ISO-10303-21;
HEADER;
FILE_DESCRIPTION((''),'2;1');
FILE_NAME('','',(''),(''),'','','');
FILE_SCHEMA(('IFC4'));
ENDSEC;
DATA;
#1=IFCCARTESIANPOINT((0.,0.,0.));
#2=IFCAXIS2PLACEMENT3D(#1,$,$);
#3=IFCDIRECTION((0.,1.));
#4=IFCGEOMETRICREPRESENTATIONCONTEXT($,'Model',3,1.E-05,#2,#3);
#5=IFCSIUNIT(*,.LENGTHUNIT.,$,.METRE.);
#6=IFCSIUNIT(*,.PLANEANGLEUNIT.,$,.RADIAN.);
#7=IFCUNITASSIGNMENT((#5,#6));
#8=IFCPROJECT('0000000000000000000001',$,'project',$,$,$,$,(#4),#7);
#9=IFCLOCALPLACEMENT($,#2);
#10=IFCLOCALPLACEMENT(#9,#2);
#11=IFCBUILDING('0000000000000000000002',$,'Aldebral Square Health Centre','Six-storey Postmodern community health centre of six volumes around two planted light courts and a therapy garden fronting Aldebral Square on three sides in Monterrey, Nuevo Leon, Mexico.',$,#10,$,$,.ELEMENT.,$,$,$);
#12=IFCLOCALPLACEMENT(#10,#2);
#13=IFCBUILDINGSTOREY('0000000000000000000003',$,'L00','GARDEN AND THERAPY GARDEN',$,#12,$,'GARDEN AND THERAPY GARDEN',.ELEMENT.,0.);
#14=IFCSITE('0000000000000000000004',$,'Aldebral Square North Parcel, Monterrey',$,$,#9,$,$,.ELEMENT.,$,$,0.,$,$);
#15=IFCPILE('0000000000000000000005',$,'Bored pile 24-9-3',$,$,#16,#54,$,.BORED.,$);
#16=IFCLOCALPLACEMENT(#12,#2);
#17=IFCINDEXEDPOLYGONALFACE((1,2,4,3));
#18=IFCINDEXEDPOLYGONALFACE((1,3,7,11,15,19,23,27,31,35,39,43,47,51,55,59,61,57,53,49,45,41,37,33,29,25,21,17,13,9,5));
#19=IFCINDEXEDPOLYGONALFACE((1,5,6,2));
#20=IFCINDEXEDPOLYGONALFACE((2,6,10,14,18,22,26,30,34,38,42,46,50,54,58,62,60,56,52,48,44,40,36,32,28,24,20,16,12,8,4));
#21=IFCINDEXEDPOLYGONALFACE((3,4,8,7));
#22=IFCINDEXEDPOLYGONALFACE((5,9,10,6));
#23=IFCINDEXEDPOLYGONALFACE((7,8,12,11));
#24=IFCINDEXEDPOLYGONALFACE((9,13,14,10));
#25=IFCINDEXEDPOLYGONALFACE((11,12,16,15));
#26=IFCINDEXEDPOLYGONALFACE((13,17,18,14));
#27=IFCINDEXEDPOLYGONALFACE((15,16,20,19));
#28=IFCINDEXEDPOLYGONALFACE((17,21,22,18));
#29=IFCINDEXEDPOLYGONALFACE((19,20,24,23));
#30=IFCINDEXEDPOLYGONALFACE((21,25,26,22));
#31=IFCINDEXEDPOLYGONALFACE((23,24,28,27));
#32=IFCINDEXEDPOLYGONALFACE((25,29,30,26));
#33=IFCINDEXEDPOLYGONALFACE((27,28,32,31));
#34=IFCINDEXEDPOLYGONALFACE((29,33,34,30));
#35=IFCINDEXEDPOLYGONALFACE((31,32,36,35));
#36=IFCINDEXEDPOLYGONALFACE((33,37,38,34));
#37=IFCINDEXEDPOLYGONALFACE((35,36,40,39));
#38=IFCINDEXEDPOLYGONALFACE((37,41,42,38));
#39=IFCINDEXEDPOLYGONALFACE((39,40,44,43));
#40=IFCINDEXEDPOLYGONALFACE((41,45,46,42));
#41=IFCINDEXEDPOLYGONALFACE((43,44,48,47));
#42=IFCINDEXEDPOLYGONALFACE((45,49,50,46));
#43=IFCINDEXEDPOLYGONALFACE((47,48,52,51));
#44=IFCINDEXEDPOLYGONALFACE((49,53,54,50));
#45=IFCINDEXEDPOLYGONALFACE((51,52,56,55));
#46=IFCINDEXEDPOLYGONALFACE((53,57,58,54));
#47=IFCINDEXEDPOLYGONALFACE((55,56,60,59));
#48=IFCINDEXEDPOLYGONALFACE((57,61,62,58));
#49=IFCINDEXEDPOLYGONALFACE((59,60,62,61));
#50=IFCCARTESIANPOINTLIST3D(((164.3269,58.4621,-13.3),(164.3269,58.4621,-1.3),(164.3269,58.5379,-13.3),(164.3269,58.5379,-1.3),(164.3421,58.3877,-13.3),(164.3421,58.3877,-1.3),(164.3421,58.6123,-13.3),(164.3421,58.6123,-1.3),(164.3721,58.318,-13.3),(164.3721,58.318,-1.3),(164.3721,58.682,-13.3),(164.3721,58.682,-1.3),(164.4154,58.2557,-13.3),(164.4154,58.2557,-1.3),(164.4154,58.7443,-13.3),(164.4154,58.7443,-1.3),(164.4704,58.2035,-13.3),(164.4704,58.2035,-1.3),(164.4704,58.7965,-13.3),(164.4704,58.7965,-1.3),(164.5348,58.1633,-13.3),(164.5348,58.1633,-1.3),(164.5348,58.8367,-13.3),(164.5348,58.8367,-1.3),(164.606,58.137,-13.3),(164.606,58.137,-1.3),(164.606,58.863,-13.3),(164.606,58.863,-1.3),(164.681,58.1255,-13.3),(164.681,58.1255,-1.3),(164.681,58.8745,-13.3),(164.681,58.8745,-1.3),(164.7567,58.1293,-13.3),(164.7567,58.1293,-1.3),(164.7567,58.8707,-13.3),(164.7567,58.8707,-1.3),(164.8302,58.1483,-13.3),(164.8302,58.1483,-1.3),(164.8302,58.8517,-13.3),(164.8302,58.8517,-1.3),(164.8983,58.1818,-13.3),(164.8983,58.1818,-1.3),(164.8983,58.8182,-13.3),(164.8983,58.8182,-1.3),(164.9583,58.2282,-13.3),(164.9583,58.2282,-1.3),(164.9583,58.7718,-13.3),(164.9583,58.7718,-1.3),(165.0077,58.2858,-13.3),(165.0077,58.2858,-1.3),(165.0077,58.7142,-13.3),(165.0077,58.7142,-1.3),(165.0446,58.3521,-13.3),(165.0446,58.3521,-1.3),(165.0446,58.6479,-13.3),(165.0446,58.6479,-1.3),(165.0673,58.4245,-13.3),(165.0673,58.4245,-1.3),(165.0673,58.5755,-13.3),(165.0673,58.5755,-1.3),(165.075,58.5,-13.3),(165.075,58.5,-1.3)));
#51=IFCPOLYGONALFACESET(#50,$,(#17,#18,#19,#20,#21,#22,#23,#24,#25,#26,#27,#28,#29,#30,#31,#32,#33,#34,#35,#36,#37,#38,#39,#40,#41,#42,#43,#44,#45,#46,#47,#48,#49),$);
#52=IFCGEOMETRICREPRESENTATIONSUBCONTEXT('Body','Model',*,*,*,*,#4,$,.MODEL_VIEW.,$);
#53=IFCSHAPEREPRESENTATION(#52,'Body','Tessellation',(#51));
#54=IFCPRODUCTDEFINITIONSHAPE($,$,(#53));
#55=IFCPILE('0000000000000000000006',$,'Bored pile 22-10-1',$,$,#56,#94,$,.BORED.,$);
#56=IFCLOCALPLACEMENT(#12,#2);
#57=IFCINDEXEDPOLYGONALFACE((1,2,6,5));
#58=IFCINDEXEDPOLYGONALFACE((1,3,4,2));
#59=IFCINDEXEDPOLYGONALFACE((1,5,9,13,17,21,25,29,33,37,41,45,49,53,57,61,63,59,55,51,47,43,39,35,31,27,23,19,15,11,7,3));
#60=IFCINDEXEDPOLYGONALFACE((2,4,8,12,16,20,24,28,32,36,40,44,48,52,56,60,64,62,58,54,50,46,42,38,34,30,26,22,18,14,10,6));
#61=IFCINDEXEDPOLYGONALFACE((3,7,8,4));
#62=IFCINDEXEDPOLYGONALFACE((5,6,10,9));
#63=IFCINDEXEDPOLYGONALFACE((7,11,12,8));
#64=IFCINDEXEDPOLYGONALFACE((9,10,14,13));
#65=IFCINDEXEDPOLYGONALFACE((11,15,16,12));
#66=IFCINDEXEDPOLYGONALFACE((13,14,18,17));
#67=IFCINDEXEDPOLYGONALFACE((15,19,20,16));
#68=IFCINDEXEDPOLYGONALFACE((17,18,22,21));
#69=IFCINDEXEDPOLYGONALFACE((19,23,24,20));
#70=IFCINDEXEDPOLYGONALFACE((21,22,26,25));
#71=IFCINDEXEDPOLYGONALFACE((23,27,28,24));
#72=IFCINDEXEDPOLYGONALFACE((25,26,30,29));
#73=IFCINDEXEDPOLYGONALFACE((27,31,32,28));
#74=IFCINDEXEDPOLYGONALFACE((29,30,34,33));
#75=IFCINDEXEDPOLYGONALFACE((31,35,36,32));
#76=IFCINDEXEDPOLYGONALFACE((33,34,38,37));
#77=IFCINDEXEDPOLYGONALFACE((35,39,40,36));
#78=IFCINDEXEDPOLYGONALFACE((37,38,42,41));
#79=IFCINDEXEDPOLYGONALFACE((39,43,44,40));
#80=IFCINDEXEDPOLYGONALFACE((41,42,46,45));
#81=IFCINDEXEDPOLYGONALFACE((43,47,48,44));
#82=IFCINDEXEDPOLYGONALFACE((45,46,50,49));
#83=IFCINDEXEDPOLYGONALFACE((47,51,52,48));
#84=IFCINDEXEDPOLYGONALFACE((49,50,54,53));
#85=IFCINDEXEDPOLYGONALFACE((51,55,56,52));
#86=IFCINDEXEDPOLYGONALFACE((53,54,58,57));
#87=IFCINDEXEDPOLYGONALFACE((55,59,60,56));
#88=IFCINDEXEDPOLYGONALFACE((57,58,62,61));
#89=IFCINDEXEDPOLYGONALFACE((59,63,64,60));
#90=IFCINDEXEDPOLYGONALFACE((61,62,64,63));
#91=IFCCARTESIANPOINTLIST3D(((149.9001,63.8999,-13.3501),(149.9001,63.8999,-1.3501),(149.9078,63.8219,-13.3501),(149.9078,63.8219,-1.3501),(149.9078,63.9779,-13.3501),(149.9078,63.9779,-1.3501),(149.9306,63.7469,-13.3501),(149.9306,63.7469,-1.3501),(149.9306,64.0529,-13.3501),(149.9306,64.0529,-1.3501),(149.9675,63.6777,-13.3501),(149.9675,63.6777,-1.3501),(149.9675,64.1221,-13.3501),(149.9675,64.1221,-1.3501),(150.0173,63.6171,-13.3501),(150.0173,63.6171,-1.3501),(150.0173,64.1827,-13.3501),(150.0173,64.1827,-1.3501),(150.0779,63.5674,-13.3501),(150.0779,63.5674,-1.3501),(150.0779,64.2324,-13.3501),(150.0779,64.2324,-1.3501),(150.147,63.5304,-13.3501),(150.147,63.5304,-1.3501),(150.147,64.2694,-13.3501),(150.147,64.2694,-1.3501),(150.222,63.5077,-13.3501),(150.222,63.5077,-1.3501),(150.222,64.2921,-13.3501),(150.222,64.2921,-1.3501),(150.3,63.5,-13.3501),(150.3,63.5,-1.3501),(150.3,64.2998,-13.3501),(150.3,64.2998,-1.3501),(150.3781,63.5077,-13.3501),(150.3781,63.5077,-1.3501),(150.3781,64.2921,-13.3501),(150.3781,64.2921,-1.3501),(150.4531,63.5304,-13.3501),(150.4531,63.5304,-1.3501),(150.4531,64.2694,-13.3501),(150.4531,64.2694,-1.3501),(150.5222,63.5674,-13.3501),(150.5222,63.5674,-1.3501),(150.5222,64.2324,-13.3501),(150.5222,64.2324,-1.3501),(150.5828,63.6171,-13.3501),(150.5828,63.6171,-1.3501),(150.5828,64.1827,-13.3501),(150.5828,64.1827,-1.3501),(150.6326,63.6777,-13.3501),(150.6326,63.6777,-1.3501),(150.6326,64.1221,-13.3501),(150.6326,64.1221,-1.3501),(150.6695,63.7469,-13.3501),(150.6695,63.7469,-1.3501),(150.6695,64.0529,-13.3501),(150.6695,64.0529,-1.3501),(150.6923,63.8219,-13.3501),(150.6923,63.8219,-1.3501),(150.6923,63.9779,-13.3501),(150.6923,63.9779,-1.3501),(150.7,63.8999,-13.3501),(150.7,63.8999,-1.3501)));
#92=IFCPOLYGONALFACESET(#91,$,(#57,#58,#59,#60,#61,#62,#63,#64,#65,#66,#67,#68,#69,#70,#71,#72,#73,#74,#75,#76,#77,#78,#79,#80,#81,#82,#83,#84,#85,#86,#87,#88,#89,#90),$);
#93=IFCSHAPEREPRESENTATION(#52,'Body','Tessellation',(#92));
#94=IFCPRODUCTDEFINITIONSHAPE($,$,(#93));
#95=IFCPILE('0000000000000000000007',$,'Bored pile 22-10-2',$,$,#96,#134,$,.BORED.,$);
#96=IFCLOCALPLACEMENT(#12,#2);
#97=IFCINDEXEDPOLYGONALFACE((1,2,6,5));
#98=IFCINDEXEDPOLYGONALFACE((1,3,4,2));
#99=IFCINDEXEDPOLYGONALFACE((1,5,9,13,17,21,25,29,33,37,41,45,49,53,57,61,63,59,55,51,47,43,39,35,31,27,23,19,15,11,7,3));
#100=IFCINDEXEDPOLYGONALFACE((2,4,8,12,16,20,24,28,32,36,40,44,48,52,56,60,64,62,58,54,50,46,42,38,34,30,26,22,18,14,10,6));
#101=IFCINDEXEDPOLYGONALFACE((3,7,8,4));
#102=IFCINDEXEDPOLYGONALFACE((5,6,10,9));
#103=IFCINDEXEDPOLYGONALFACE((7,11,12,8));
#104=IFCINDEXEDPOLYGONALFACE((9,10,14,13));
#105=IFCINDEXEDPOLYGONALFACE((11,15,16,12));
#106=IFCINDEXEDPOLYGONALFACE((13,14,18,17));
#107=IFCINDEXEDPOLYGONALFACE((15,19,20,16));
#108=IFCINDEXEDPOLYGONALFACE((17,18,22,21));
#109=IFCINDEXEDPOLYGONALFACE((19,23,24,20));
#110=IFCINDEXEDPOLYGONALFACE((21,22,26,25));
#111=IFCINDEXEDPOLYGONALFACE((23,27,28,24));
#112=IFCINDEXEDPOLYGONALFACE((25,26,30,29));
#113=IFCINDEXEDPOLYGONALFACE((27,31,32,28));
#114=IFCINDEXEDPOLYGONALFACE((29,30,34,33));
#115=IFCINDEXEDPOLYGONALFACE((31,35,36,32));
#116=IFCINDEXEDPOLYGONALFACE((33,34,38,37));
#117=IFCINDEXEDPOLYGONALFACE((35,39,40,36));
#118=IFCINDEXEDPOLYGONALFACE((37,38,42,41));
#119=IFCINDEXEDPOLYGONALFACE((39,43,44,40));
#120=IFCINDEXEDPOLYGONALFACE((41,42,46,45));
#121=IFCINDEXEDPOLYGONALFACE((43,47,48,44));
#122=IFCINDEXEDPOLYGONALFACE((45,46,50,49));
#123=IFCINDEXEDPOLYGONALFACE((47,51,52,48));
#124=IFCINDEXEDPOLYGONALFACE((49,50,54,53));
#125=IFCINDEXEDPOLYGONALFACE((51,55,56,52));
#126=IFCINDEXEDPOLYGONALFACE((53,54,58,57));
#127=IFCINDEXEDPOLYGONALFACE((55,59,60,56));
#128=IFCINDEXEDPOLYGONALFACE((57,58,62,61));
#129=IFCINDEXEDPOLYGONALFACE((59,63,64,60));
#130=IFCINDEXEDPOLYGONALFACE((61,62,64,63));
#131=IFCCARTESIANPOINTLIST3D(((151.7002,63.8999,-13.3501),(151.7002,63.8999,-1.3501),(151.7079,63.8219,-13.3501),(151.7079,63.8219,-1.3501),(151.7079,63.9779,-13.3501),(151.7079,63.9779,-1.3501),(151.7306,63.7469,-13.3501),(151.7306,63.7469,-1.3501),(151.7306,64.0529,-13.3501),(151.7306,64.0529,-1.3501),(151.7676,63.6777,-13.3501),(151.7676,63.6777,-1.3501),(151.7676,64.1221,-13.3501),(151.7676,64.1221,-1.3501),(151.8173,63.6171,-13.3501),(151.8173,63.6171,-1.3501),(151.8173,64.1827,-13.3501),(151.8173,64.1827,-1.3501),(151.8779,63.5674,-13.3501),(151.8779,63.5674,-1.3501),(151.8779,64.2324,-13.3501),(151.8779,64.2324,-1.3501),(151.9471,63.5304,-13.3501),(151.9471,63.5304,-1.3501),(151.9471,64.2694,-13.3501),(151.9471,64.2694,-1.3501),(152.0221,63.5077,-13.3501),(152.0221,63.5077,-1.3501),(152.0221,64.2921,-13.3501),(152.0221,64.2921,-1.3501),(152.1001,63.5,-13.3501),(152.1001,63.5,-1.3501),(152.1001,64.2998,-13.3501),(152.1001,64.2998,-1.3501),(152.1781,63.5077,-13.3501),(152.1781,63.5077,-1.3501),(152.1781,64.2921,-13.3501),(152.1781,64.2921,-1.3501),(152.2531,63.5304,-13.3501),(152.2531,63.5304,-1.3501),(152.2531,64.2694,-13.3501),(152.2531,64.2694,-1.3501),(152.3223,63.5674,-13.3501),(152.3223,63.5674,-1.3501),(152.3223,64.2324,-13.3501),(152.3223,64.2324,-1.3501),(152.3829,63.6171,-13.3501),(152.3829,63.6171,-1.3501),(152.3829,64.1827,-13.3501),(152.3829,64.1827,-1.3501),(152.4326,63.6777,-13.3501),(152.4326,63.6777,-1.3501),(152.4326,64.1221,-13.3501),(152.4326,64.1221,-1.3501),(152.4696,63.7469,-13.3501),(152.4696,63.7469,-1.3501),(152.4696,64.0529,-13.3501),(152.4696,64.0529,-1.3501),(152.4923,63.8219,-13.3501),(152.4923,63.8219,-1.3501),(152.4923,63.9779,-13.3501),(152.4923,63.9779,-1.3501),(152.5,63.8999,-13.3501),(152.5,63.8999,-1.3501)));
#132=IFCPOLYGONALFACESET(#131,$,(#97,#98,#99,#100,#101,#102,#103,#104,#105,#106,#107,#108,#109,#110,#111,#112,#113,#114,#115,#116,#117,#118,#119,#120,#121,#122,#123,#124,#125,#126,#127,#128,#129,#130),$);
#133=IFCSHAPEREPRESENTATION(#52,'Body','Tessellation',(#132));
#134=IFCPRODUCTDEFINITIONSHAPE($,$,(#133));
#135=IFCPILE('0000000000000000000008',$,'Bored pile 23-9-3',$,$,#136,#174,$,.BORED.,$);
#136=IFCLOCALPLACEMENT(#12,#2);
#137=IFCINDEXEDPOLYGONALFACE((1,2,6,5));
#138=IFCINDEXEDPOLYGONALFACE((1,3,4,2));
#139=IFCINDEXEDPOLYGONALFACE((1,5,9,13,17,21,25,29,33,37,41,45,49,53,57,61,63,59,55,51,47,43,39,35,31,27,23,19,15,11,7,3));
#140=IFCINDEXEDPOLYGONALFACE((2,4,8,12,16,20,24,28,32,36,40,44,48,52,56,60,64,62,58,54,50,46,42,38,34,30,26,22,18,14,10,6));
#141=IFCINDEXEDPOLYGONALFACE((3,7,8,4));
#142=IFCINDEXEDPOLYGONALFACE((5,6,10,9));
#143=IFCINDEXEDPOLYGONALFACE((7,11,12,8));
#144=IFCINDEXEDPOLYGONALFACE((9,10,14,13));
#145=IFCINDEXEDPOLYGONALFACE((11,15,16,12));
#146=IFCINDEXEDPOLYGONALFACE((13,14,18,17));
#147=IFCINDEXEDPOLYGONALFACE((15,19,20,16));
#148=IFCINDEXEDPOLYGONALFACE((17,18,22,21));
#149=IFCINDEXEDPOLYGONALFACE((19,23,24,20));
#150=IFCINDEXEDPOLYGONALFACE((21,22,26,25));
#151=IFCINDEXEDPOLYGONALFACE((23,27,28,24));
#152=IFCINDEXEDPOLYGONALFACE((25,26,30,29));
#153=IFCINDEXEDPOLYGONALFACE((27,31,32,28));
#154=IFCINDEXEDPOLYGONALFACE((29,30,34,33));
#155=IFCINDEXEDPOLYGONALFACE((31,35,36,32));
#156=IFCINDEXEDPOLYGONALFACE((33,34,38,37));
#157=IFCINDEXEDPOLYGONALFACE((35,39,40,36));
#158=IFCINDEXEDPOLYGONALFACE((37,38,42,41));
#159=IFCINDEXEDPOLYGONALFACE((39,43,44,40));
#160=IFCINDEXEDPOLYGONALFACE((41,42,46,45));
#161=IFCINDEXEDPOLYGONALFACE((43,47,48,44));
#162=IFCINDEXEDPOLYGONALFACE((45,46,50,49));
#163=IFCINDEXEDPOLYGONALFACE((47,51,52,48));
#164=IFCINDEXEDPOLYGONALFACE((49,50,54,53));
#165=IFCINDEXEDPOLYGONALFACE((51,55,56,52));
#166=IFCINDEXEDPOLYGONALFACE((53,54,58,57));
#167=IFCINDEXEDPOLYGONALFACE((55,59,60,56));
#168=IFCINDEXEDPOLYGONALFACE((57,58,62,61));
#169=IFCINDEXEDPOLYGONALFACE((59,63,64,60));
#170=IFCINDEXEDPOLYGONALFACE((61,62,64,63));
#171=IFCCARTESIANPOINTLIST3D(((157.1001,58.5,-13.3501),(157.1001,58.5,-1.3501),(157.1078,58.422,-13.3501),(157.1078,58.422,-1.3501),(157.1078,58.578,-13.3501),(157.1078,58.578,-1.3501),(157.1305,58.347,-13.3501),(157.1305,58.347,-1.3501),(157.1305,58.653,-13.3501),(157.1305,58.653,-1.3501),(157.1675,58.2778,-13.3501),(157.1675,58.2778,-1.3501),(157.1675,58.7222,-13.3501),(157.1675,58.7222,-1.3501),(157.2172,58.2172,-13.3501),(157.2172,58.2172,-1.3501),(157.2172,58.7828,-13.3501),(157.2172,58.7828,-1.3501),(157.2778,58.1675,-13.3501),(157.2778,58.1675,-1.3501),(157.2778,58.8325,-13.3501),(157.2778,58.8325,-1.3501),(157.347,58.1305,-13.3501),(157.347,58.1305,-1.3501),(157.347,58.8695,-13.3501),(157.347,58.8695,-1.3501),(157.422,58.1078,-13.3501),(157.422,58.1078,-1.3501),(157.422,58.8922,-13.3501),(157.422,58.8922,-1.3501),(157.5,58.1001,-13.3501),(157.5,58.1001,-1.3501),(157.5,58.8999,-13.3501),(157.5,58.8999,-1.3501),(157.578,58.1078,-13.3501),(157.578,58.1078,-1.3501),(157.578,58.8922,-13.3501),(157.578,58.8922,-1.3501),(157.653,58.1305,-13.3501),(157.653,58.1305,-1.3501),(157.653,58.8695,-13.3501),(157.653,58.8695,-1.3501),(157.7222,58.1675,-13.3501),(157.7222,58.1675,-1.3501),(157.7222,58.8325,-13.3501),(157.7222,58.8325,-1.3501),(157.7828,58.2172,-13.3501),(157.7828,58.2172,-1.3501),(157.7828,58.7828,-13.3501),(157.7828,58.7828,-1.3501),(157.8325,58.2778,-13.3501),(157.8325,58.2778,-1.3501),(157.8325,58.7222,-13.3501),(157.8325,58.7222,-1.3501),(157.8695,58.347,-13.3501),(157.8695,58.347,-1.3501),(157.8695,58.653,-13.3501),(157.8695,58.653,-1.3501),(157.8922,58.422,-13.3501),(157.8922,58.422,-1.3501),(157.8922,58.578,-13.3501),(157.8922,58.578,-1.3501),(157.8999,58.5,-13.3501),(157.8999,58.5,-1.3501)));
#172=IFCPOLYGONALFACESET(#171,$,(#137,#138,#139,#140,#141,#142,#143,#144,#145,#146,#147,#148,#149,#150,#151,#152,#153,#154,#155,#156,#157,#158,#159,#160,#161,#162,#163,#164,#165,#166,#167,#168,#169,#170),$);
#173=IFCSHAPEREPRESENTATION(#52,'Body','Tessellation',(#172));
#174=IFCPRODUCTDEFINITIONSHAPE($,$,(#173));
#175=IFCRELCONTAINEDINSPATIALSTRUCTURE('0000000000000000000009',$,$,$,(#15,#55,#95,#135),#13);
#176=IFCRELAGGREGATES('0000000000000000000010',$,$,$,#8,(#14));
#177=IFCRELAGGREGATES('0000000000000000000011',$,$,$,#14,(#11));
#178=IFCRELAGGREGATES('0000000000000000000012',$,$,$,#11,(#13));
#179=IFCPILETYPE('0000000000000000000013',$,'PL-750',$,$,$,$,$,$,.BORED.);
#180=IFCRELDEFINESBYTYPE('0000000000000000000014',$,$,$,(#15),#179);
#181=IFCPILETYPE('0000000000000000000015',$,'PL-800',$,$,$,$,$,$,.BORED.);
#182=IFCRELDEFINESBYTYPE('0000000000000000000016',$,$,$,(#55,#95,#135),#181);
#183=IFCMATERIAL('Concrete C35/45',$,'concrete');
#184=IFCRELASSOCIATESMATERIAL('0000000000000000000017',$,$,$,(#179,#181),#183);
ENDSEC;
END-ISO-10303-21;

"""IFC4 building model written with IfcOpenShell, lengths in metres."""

from ifc_helpers import new_model, si_unit, direction, frame, origin, origin_2d, place, context, subcontext, project, spatial, circle, extrude, material, material_profile, profile_set, type_object, element, save


model = new_model("IFC4")

# Units and contexts
model_context = context("Model", 3, precision=1e-05, world=origin(), true_north=direction((0.0, 1.0)))
body_context = subcontext(model_context, "Body", "Model", "MODEL_VIEW")
ifc_project = project(units=[si_unit("LENGTHUNIT", "METRE"), si_unit("PLANEANGLEUNIT", "RADIAN")], contexts=[model_context])

# Site, building, storey
site_placement = place(None, origin())
site = spatial("IfcSite", under=ifc_project, at=site_placement, Name="Aldebral Square North Parcel, Monterrey", CompositionType="ELEMENT", RefElevation=0.0)
building_placement = place(site_placement, origin())
building = spatial("IfcBuilding", under=site, at=building_placement, Name="Aldebral Square Health Centre", Description="Six-storey Postmodern community health centre of six volumes around two planted light courts and a therapy garden fronting Aldebral Square on three sides in Monterrey, Nuevo Leon, Mexico.", CompositionType="ELEMENT")
storey_placement = place(building_placement, origin())
storey = spatial("IfcBuildingStorey", under=building, at=storey_placement, Name="L00", Description="GARDEN AND THERAPY GARDEN", LongName="GARDEN AND THERAPY GARDEN", CompositionType="ELEMENT", Elevation=0.0)

# Shared definitions
ifc_material_1 = material(Name="Concrete C35/45", Category="concrete")

# Piles
ifc_material_profile_1 = material_profile(ifc_material_1, circle(Radius=0.375, at=origin_2d()), Name="PILE D750")
ifc_profile_set_1 = profile_set([ifc_material_profile_1], Name="Concrete C35/45")
pile_type_1 = type_object("IfcPileType", Name="PL-750", PredefinedType="BORED", material=ifc_profile_set_1)
for number, where, z_axis, x_axis, name in (
    (1, (164.7, 58.5, -1.3), (0.0, 0.0, -1.0), (1.0, 0.0, 0.0), "Bored pile 24-9-3"),
):
    element("IfcPile", number, at=place(storey_placement, frame(where, z_axis=z_axis, x_axis=x_axis)), inside=storey, type_object=pile_type_1, Name=name, PredefinedType="BORED", context=body_context, shape_type="SweptSolid", body=[
        extrude(circle(Radius=0.375, at=origin_2d()), origin(), (0.0, 0.0, 1.0), 12.0),
    ])
ifc_material_profile_2 = material_profile(ifc_material_1, circle(Radius=0.3999, at=origin_2d()), Name="PILE D800")
ifc_profile_set_2 = profile_set([ifc_material_profile_2], Name="Concrete C35/45")
pile_type_2 = type_object("IfcPileType", Name="PL-800", PredefinedType="BORED", material=ifc_profile_set_2)
for number, where, z_axis, x_axis, name in (
    (2, (150.3, 63.8999, -1.3501), (0.0, 0.0, -1.0), (1.0, 0.0, 0.0), "Bored pile 22-10-1"),
    (3, (152.1001, 63.8999, -1.3501), (0.0, 0.0, -1.0), (1.0, 0.0, 0.0), "Bored pile 22-10-2"),
    (4, (157.5, 58.5, -1.3501), (0.0, 0.0, -1.0), (1.0, 0.0, 0.0), "Bored pile 23-9-3"),
):
    element("IfcPile", number, at=place(storey_placement, frame(where, z_axis=z_axis, x_axis=x_axis)), inside=storey, type_object=pile_type_2, Name=name, PredefinedType="BORED", context=body_context, shape_type="SweptSolid", body=[
        extrude(circle(Radius=0.3999, at=origin_2d()), origin(), (0.0, 0.0, 1.0), 12.0),
    ])

save(model, "model.ifc")
